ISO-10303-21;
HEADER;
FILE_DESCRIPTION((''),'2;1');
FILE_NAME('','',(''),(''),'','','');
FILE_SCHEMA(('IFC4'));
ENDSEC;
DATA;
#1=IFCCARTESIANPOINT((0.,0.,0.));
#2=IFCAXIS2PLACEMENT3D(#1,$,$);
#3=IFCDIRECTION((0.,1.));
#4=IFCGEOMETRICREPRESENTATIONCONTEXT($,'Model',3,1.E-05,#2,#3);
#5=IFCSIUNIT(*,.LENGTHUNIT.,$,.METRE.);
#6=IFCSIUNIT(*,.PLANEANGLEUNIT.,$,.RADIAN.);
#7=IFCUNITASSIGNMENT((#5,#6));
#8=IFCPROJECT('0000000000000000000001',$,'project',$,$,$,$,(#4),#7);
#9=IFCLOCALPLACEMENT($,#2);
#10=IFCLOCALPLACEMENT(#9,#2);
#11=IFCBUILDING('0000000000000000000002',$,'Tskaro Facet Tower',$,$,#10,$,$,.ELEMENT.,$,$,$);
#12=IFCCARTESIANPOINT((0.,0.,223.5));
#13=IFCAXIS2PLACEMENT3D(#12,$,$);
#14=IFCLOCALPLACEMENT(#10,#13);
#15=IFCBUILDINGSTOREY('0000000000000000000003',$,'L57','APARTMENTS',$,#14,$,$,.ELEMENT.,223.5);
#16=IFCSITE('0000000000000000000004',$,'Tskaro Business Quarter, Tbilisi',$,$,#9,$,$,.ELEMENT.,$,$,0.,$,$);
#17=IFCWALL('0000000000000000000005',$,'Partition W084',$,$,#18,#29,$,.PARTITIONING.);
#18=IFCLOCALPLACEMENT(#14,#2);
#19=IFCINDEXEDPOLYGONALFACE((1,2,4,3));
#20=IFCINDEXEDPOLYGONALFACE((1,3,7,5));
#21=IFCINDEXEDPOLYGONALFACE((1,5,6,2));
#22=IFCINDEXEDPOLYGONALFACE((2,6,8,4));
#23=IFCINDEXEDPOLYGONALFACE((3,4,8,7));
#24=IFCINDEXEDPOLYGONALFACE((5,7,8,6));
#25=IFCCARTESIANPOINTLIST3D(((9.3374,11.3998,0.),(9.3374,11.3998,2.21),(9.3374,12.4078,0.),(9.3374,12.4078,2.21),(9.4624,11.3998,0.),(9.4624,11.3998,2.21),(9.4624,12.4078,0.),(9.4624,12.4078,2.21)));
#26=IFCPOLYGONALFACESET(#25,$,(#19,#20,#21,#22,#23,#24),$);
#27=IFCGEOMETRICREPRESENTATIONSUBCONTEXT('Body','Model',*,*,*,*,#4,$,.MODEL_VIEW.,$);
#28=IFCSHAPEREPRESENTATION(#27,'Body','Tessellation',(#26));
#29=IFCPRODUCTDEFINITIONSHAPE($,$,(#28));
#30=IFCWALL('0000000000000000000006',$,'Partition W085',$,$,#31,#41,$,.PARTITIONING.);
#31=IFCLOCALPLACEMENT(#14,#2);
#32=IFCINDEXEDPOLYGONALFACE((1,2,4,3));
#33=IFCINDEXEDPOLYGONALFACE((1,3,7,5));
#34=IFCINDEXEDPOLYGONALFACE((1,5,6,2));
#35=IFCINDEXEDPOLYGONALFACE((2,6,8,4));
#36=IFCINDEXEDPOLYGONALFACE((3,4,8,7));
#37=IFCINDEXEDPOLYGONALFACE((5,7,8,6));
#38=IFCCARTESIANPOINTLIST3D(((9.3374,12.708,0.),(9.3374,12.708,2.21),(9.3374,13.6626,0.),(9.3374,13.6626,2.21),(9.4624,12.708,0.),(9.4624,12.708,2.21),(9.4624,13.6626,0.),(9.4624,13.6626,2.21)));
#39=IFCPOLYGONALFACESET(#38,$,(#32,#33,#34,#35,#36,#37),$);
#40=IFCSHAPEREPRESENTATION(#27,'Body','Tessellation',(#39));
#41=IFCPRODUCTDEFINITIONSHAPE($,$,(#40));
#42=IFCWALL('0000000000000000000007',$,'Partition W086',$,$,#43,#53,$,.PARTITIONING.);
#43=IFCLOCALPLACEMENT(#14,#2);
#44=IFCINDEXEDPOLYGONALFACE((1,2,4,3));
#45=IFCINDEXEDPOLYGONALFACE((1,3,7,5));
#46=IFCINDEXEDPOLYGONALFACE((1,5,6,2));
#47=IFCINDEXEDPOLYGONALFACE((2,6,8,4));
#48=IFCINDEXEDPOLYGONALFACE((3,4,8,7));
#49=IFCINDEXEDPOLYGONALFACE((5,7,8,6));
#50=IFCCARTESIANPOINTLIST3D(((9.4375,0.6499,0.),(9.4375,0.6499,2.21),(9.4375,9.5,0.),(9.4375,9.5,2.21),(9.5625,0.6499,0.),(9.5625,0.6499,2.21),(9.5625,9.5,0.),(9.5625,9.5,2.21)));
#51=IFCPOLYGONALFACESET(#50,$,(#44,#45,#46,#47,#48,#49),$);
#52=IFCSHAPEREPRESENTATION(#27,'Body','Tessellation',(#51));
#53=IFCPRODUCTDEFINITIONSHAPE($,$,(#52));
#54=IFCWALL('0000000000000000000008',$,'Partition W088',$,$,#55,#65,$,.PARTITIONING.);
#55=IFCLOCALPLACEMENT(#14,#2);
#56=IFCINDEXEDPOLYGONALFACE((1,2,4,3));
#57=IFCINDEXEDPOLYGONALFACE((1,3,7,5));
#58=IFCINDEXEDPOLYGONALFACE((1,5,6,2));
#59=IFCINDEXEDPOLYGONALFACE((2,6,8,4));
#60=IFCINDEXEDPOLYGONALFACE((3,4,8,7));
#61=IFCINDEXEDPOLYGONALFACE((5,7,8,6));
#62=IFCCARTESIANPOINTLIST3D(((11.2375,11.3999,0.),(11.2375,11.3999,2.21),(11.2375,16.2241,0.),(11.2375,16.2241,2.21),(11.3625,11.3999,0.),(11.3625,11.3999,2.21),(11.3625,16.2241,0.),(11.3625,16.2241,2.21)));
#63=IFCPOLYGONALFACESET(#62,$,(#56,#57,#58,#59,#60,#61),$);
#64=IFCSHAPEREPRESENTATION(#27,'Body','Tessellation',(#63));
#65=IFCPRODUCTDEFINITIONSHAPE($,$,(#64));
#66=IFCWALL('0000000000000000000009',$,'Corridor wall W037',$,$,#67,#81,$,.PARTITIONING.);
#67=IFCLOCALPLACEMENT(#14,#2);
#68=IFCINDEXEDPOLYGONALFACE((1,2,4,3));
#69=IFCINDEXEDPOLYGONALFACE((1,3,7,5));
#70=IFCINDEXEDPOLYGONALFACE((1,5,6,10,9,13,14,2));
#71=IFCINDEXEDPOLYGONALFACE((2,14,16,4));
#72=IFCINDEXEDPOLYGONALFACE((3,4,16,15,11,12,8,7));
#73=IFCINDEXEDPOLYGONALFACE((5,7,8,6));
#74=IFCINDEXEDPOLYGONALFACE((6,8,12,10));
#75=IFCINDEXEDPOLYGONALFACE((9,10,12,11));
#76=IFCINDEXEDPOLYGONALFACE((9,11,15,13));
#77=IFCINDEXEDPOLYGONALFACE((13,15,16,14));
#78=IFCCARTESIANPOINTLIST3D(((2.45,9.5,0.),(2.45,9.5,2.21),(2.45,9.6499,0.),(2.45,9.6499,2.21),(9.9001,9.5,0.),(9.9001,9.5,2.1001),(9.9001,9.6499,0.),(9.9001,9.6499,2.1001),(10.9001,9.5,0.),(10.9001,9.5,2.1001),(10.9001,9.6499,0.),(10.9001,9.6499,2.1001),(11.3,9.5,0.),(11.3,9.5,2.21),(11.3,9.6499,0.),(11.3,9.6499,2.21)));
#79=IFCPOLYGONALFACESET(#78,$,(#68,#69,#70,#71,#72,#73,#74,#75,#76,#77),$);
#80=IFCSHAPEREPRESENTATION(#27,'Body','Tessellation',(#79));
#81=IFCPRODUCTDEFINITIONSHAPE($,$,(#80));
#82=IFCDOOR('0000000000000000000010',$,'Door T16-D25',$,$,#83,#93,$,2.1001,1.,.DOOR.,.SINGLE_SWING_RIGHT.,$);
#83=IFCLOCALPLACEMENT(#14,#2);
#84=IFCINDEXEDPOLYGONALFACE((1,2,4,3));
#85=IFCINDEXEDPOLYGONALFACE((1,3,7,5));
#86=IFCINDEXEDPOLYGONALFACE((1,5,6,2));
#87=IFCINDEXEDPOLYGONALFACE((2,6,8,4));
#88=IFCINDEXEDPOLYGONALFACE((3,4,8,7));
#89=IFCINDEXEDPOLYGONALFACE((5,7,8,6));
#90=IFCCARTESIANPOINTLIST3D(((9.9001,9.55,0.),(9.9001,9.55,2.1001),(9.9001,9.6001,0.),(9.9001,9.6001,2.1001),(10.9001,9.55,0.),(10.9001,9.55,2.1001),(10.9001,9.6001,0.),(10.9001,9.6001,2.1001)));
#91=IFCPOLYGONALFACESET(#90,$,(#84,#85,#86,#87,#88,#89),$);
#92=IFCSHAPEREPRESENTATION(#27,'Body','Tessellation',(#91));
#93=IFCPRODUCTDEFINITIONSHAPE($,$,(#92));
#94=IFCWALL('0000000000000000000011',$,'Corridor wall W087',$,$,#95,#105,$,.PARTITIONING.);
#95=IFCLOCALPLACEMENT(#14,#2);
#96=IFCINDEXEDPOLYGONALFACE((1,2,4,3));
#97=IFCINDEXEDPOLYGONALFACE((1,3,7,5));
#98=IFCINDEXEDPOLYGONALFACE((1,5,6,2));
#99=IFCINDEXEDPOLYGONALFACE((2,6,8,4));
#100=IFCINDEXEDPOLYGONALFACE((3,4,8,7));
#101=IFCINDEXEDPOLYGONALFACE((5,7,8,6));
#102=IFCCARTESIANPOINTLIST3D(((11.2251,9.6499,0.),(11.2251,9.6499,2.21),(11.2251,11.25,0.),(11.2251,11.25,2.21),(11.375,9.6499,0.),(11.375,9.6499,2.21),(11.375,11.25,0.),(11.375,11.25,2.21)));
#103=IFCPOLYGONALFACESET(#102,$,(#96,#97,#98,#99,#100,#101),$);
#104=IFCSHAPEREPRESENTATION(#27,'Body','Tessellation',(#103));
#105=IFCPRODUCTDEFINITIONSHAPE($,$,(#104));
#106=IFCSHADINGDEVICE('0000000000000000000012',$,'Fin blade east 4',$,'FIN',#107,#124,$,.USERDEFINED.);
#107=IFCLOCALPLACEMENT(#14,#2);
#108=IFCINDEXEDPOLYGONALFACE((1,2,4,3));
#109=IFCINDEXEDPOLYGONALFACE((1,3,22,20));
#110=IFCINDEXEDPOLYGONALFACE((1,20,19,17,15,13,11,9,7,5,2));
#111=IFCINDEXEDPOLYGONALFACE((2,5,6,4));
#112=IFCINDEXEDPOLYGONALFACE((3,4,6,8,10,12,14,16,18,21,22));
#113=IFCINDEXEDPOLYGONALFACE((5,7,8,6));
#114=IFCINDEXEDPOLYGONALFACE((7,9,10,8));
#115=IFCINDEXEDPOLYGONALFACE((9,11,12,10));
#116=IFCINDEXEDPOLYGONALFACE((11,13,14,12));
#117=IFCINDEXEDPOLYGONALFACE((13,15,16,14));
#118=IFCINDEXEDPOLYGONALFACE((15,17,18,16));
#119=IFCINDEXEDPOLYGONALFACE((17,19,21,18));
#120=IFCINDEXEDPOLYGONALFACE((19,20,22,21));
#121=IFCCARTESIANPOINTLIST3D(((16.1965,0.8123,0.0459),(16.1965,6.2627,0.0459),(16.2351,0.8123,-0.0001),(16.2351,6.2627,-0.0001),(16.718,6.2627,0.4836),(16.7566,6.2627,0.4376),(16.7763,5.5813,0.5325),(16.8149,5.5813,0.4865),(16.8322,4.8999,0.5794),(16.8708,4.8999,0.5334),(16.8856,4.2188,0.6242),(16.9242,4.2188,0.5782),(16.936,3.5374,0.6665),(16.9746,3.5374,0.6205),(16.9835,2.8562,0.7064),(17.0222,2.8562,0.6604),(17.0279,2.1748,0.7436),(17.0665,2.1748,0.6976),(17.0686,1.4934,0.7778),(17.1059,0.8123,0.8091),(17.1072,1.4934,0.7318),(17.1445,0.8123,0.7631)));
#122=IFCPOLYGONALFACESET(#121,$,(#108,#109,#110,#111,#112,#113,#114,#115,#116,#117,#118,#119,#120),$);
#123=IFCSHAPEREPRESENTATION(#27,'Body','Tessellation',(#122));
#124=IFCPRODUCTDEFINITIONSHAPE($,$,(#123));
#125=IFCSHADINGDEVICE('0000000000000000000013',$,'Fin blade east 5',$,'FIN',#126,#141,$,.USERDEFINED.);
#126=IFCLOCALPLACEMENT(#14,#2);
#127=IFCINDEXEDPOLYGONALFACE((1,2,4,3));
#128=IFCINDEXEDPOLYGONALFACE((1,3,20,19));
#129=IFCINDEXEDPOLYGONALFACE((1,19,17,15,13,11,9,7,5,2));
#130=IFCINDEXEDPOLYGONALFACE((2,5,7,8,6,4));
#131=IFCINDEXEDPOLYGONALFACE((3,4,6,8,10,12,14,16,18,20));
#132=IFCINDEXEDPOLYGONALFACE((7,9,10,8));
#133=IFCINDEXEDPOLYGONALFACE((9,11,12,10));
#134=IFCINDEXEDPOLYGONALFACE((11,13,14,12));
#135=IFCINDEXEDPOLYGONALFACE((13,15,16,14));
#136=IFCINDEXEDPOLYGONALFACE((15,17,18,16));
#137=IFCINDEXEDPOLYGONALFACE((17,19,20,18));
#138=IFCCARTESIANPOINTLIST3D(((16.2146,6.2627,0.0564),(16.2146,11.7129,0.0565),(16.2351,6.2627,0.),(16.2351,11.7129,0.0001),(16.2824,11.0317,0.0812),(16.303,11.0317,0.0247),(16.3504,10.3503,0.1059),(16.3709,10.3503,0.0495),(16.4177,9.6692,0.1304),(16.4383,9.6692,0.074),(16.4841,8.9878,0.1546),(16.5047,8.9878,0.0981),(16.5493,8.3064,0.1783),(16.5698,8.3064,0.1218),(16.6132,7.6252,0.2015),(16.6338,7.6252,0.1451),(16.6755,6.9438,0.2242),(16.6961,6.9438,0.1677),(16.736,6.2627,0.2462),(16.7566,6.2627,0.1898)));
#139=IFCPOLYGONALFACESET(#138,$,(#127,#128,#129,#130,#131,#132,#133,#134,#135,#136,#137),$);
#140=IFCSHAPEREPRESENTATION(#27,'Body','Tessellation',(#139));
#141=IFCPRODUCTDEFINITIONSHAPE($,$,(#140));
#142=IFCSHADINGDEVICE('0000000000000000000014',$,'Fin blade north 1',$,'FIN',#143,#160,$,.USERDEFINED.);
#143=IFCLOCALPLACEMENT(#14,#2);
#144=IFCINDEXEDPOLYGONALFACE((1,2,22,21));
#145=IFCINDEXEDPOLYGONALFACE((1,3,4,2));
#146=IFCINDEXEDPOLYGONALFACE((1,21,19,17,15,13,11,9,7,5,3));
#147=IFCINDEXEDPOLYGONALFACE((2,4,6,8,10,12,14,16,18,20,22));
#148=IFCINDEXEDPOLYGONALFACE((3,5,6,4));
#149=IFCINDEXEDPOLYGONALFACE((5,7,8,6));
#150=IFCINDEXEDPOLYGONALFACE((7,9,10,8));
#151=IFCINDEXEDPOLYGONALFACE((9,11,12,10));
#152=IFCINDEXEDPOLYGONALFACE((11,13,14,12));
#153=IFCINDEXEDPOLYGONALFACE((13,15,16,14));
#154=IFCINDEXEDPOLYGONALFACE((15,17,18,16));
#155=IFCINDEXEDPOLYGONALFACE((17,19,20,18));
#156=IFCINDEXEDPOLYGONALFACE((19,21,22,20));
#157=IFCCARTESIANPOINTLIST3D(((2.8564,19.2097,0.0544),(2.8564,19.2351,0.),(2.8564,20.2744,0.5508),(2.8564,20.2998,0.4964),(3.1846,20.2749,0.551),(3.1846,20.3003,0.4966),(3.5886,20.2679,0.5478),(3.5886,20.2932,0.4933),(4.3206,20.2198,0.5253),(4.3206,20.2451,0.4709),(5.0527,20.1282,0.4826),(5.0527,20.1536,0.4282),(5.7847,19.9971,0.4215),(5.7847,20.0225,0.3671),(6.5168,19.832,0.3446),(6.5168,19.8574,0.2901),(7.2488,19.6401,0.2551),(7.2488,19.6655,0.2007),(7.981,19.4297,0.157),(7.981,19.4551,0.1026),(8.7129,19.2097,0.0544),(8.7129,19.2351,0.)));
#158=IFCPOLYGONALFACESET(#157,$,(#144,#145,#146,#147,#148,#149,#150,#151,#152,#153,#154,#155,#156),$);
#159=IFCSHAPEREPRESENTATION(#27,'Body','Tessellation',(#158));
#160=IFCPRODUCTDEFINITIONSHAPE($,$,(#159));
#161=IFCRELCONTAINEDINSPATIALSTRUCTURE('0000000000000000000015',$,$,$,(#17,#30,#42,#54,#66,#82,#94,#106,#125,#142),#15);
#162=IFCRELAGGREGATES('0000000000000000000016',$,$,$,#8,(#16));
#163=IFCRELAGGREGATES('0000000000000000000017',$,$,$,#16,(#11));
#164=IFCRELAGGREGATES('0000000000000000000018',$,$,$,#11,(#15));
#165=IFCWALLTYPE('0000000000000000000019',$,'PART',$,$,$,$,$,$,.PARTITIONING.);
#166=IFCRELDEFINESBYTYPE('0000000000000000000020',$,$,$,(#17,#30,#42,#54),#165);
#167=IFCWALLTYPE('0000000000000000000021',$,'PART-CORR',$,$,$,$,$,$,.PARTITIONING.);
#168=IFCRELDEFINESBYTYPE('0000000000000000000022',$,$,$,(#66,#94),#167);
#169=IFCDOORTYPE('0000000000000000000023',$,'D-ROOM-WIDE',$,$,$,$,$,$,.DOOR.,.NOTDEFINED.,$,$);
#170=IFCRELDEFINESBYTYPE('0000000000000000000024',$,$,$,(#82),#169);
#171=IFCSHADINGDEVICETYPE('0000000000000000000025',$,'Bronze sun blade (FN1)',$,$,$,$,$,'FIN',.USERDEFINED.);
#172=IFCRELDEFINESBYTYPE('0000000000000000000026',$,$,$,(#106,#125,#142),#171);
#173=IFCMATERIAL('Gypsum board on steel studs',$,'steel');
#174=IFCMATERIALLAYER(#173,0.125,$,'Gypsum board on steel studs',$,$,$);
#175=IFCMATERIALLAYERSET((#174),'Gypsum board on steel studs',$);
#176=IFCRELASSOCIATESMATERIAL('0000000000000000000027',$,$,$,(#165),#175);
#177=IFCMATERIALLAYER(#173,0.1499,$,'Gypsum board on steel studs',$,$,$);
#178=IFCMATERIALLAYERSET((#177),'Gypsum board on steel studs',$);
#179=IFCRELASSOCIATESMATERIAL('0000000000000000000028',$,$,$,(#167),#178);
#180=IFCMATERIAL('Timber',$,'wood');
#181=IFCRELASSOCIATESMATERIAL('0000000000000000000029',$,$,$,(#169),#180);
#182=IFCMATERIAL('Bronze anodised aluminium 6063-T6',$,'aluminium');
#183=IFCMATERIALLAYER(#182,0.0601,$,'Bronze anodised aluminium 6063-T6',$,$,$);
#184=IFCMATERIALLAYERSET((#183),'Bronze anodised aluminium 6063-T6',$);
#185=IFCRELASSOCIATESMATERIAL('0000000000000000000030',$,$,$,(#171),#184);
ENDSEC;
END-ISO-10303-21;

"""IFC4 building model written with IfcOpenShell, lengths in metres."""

from ifc_helpers import new_model, si_unit, direction, frame, frame_2d, origin, place, context, subcontext, project, spatial, polyline, rectangle, outline, extrude, material, layer, layer_set, type_object, element, fill, save


model = new_model("IFC4")

# Units and contexts
model_context = context("Model", 3, precision=1e-05, world=origin(), true_north=direction((0.0, 1.0)))
body_context = subcontext(model_context, "Body", "Model", "MODEL_VIEW")
ifc_project = project(units=[si_unit("LENGTHUNIT", "METRE"), si_unit("PLANEANGLEUNIT", "RADIAN")], contexts=[model_context])

# Site, building, storey
site_placement = place(None, origin())
site = spatial("IfcSite", under=ifc_project, at=site_placement, Name="Tskaro Business Quarter, Tbilisi", CompositionType="ELEMENT", RefElevation=0.0)
building_placement = place(site_placement, origin())
building = spatial("IfcBuilding", under=site, at=building_placement, Name="Tskaro Facet Tower", CompositionType="ELEMENT")
storey_placement = place(building_placement, frame((0.0, 0.0, 223.5)))
storey = spatial("IfcBuildingStorey", under=building, at=storey_placement, Name="L57", Description="APARTMENTS", CompositionType="ELEMENT", Elevation=223.5)

# Shared definitions
ifc_material_1 = material(Name="Bronze anodised aluminium 6063-T6", Category="aluminium")

# Walls
ifc_material_2 = material(Name="Gypsum board on steel studs", Category="steel")
ifc_layer_1 = layer(ifc_material_2, 0.125, Name="Gypsum board on steel studs")
ifc_layer_set_1 = layer_set([ifc_layer_1], Name="Gypsum board on steel studs")
wall_type_1 = type_object("IfcWallType", Name="PART", PredefinedType="PARTITIONING", material=ifc_layer_set_1)
wall_1_placement = place(storey_placement, frame((9.3999, 11.3999, 0.0), z_axis=(0.0, 0.0, 1.0), x_axis=(0.0, 1.0, 0.0)))
element("IfcWall", 1, at=wall_1_placement, inside=storey, type_object=wall_type_1, Name="Partition W084", PredefinedType="PARTITIONING", context=body_context, shape_type="SweptSolid", body=[
    extrude(rectangle(XDim=1.0081, YDim=0.125, at=frame_2d((0.5039, 0.0))), origin(), (0.0, 0.0, 1.0), 2.21),
])
wall_2_placement = place(storey_placement, frame((9.3999, 12.708, 0.0), z_axis=(0.0, 0.0, 1.0), x_axis=(0.0, 1.0, 0.0)))
element("IfcWall", 2, at=wall_2_placement, inside=storey, type_object=wall_type_1, Name="Partition W085", PredefinedType="PARTITIONING", context=body_context, shape_type="SweptSolid", body=[
    extrude(rectangle(XDim=0.9546, YDim=0.125, at=frame_2d((0.4773, 0.0))), origin(), (0.0, 0.0, 1.0), 2.21),
])
wall_3_placement = place(storey_placement, frame((9.5, 0.6499, 0.0), z_axis=(0.0, 0.0, 1.0), x_axis=(0.0, 1.0, 0.0)))
element("IfcWall", 3, at=wall_3_placement, inside=storey, type_object=wall_type_1, Name="Partition W086", PredefinedType="PARTITIONING", context=body_context, shape_type="SweptSolid", body=[
    extrude(rectangle(XDim=8.8501, YDim=0.125, at=frame_2d((4.425, 0.0))), origin(), (0.0, 0.0, 1.0), 2.21),
])
wall_4_placement = place(storey_placement, frame((11.3, 11.3999, 0.0), z_axis=(0.0, 0.0, 1.0), x_axis=(0.0, 1.0, 0.0)))
element("IfcWall", 4, at=wall_4_placement, inside=storey, type_object=wall_type_1, Name="Partition W088", PredefinedType="PARTITIONING", context=body_context, shape_type="SweptSolid", body=[
    extrude(rectangle(XDim=4.8242, YDim=0.125, at=frame_2d((2.4121, 0.0))), origin(), (0.0, 0.0, 1.0), 2.21),
])

# Wall, opening, door
ifc_layer_2 = layer(ifc_material_2, 0.1499, Name="Gypsum board on steel studs")
ifc_layer_set_2 = layer_set([ifc_layer_2], Name="Gypsum board on steel studs")
wall_type_2 = type_object("IfcWallType", Name="PART-CORR", PredefinedType="PARTITIONING", material=ifc_layer_set_2)
wall_5_placement = place(storey_placement, frame((11.3, 9.575, 0.0), z_axis=(0.0, 0.0, 1.0), x_axis=(-1.0, 0.0, 0.0)))
wall_5 = element("IfcWall", 5, at=wall_5_placement, inside=storey, type_object=wall_type_2, Name="Corridor wall W037", PredefinedType="PARTITIONING", context=body_context, shape_type="SweptSolid", body=[
    extrude(rectangle(XDim=8.8501, YDim=0.1499, at=frame_2d((4.425, 0.0))), origin(), (0.0, 0.0, 1.0), 2.21),
])
opening_placement = place(wall_5_placement, frame((0.3999, 0.0, 0.0)))
opening = element("IfcOpeningElement", 6, at=opening_placement, cuts=wall_5, PredefinedType="OPENING", context=body_context, shape_type="SweptSolid", body=[
    extrude(rectangle(XDim=1.0, YDim=2.1001, at=frame_2d((0.5, 1.05))), frame((0.0, 0.085, 0.0), z_axis=(0.0, -1.0, 0.0), x_axis=(1.0, 0.0, 0.0)), (0.0, 0.0, 1.0), 0.1699),
])
ifc_material_3 = material(Name="Timber", Category="wood")
door_type = type_object("IfcDoorType", Name="D-ROOM-WIDE", OperationType="NOTDEFINED", PredefinedType="DOOR", material=ifc_material_3)
door_placement = place(opening_placement, origin())
door = element("IfcDoor", 7, at=door_placement, inside=storey, type_object=door_type, Name="Door T16-D25", OperationType="SINGLE_SWING_RIGHT", OverallHeight=2.1001, OverallWidth=1.0, PredefinedType="DOOR", context=body_context, shape_type="SweptSolid", body=[
    extrude(rectangle(XDim=1.0, YDim=2.1001, at=frame_2d((0.5, 1.05))), frame((0.0, 0.0249, 0.0), z_axis=(0.0, -1.0, 0.0), x_axis=(1.0, 0.0, 0.0)), (0.0, 0.0, 1.0), 0.05),
])
fill(opening, door)

# Wall
wall_6_placement = place(storey_placement, frame((11.3, 9.6499, 0.0), z_axis=(0.0, 0.0, 1.0), x_axis=(0.0, 1.0, 0.0)))
element("IfcWall", 8, at=wall_6_placement, inside=storey, type_object=wall_type_2, Name="Corridor wall W087", PredefinedType="PARTITIONING", context=body_context, shape_type="SweptSolid", body=[
    extrude(rectangle(XDim=1.6001, YDim=0.1499, at=frame_2d((0.8, 0.0))), origin(), (0.0, 0.0, 1.0), 2.21),
])

# Shading devices
ifc_layer_3 = layer(ifc_material_1, 0.0601, Name="Bronze anodised aluminium 6063-T6")
ifc_layer_set_3 = layer_set([ifc_layer_3], Name="Bronze anodised aluminium 6063-T6")
shading_device_type = type_object("IfcShadingDeviceType", Name="Bronze sun blade (FN1)", ElementType="FIN", PredefinedType="USERDEFINED", material=ifc_layer_set_3)
shading_device_1_placement = place(storey_placement, frame((16.1965, 0.8123, 0.0459), z_axis=(-0.642852, -0.000008, 0.765991), x_axis=(-0.000005, 1.0, 0.000006)))
element("IfcShadingDevice", 9, at=shading_device_1_placement, inside=storey, type_object=shading_device_type, Name="Fin blade east 4", ObjectType="FIN", PredefinedType="USERDEFINED", context=body_context, shape_type="SweptSolid", body=[
    extrude(outline(polyline([(0.0, 0.0), (5.4504, 0.0), (5.4504, -0.6809), (4.769, -0.7569), (4.0876, -0.8299), (3.4065, -0.8995), (2.7251, -0.9654), (2.0439, -1.0275), (1.3625, -1.0853), (0.6812, -1.1385), (0.0, -1.1872), (0.0, 0.0)])), origin(), (0.0, 0.0, -1.0), 0.0601),
])
shading_device_2_placement = place(storey_placement, frame((16.2146, 6.2627, 0.0564), z_axis=(-0.342024, -0.000019, 0.939691), x_axis=(-0.000007, 1.0, 0.000018)))
element("IfcShadingDevice", 10, at=shading_device_2_placement, inside=storey, type_object=shading_device_type, Name="Fin blade east 5", ObjectType="FIN", PredefinedType="USERDEFINED", context=body_context, shape_type="SweptSolid", body=[
    extrude(outline(polyline([(0.0, 0.0), (5.4502, 0.0), (4.769, -0.0722), (4.0876, -0.1445), (3.4065, -0.2162), (2.7251, -0.2868), (2.0437, -0.3562), (1.3625, -0.4242), (0.6812, -0.4905), (0.0, -0.5549), (0.0, 0.0)])), origin(), (0.0, 0.0, -1.0), 0.0601),
])
shading_device_3_placement = place(storey_placement, frame((8.7129, 19.2097, 0.0544), z_axis=(-0.000007, -0.422572, 0.906329), x_axis=(-1.0, 0.000003, -0.000006)))
element("IfcShadingDevice", 11, at=shading_device_3_placement, inside=storey, type_object=shading_device_type, Name="Fin blade north 1", ObjectType="FIN", PredefinedType="USERDEFINED", context=body_context, shape_type="SweptSolid", body=[
    extrude(outline(polyline([(0.0, 0.0), (5.8564, 0.0), (5.8564, -1.1747), (5.5283, -1.1753), (5.1243, -1.1675), (4.3923, -1.1144), (3.6602, -1.0134), (2.9282, -0.8688), (2.196, -0.6866), (1.4641, -0.4749), (0.7319, -0.2427), (0.0, 0.0)])), origin(), (0.0, 0.0, -1.0), 0.0601),
])

save(model, "model.ifc")
